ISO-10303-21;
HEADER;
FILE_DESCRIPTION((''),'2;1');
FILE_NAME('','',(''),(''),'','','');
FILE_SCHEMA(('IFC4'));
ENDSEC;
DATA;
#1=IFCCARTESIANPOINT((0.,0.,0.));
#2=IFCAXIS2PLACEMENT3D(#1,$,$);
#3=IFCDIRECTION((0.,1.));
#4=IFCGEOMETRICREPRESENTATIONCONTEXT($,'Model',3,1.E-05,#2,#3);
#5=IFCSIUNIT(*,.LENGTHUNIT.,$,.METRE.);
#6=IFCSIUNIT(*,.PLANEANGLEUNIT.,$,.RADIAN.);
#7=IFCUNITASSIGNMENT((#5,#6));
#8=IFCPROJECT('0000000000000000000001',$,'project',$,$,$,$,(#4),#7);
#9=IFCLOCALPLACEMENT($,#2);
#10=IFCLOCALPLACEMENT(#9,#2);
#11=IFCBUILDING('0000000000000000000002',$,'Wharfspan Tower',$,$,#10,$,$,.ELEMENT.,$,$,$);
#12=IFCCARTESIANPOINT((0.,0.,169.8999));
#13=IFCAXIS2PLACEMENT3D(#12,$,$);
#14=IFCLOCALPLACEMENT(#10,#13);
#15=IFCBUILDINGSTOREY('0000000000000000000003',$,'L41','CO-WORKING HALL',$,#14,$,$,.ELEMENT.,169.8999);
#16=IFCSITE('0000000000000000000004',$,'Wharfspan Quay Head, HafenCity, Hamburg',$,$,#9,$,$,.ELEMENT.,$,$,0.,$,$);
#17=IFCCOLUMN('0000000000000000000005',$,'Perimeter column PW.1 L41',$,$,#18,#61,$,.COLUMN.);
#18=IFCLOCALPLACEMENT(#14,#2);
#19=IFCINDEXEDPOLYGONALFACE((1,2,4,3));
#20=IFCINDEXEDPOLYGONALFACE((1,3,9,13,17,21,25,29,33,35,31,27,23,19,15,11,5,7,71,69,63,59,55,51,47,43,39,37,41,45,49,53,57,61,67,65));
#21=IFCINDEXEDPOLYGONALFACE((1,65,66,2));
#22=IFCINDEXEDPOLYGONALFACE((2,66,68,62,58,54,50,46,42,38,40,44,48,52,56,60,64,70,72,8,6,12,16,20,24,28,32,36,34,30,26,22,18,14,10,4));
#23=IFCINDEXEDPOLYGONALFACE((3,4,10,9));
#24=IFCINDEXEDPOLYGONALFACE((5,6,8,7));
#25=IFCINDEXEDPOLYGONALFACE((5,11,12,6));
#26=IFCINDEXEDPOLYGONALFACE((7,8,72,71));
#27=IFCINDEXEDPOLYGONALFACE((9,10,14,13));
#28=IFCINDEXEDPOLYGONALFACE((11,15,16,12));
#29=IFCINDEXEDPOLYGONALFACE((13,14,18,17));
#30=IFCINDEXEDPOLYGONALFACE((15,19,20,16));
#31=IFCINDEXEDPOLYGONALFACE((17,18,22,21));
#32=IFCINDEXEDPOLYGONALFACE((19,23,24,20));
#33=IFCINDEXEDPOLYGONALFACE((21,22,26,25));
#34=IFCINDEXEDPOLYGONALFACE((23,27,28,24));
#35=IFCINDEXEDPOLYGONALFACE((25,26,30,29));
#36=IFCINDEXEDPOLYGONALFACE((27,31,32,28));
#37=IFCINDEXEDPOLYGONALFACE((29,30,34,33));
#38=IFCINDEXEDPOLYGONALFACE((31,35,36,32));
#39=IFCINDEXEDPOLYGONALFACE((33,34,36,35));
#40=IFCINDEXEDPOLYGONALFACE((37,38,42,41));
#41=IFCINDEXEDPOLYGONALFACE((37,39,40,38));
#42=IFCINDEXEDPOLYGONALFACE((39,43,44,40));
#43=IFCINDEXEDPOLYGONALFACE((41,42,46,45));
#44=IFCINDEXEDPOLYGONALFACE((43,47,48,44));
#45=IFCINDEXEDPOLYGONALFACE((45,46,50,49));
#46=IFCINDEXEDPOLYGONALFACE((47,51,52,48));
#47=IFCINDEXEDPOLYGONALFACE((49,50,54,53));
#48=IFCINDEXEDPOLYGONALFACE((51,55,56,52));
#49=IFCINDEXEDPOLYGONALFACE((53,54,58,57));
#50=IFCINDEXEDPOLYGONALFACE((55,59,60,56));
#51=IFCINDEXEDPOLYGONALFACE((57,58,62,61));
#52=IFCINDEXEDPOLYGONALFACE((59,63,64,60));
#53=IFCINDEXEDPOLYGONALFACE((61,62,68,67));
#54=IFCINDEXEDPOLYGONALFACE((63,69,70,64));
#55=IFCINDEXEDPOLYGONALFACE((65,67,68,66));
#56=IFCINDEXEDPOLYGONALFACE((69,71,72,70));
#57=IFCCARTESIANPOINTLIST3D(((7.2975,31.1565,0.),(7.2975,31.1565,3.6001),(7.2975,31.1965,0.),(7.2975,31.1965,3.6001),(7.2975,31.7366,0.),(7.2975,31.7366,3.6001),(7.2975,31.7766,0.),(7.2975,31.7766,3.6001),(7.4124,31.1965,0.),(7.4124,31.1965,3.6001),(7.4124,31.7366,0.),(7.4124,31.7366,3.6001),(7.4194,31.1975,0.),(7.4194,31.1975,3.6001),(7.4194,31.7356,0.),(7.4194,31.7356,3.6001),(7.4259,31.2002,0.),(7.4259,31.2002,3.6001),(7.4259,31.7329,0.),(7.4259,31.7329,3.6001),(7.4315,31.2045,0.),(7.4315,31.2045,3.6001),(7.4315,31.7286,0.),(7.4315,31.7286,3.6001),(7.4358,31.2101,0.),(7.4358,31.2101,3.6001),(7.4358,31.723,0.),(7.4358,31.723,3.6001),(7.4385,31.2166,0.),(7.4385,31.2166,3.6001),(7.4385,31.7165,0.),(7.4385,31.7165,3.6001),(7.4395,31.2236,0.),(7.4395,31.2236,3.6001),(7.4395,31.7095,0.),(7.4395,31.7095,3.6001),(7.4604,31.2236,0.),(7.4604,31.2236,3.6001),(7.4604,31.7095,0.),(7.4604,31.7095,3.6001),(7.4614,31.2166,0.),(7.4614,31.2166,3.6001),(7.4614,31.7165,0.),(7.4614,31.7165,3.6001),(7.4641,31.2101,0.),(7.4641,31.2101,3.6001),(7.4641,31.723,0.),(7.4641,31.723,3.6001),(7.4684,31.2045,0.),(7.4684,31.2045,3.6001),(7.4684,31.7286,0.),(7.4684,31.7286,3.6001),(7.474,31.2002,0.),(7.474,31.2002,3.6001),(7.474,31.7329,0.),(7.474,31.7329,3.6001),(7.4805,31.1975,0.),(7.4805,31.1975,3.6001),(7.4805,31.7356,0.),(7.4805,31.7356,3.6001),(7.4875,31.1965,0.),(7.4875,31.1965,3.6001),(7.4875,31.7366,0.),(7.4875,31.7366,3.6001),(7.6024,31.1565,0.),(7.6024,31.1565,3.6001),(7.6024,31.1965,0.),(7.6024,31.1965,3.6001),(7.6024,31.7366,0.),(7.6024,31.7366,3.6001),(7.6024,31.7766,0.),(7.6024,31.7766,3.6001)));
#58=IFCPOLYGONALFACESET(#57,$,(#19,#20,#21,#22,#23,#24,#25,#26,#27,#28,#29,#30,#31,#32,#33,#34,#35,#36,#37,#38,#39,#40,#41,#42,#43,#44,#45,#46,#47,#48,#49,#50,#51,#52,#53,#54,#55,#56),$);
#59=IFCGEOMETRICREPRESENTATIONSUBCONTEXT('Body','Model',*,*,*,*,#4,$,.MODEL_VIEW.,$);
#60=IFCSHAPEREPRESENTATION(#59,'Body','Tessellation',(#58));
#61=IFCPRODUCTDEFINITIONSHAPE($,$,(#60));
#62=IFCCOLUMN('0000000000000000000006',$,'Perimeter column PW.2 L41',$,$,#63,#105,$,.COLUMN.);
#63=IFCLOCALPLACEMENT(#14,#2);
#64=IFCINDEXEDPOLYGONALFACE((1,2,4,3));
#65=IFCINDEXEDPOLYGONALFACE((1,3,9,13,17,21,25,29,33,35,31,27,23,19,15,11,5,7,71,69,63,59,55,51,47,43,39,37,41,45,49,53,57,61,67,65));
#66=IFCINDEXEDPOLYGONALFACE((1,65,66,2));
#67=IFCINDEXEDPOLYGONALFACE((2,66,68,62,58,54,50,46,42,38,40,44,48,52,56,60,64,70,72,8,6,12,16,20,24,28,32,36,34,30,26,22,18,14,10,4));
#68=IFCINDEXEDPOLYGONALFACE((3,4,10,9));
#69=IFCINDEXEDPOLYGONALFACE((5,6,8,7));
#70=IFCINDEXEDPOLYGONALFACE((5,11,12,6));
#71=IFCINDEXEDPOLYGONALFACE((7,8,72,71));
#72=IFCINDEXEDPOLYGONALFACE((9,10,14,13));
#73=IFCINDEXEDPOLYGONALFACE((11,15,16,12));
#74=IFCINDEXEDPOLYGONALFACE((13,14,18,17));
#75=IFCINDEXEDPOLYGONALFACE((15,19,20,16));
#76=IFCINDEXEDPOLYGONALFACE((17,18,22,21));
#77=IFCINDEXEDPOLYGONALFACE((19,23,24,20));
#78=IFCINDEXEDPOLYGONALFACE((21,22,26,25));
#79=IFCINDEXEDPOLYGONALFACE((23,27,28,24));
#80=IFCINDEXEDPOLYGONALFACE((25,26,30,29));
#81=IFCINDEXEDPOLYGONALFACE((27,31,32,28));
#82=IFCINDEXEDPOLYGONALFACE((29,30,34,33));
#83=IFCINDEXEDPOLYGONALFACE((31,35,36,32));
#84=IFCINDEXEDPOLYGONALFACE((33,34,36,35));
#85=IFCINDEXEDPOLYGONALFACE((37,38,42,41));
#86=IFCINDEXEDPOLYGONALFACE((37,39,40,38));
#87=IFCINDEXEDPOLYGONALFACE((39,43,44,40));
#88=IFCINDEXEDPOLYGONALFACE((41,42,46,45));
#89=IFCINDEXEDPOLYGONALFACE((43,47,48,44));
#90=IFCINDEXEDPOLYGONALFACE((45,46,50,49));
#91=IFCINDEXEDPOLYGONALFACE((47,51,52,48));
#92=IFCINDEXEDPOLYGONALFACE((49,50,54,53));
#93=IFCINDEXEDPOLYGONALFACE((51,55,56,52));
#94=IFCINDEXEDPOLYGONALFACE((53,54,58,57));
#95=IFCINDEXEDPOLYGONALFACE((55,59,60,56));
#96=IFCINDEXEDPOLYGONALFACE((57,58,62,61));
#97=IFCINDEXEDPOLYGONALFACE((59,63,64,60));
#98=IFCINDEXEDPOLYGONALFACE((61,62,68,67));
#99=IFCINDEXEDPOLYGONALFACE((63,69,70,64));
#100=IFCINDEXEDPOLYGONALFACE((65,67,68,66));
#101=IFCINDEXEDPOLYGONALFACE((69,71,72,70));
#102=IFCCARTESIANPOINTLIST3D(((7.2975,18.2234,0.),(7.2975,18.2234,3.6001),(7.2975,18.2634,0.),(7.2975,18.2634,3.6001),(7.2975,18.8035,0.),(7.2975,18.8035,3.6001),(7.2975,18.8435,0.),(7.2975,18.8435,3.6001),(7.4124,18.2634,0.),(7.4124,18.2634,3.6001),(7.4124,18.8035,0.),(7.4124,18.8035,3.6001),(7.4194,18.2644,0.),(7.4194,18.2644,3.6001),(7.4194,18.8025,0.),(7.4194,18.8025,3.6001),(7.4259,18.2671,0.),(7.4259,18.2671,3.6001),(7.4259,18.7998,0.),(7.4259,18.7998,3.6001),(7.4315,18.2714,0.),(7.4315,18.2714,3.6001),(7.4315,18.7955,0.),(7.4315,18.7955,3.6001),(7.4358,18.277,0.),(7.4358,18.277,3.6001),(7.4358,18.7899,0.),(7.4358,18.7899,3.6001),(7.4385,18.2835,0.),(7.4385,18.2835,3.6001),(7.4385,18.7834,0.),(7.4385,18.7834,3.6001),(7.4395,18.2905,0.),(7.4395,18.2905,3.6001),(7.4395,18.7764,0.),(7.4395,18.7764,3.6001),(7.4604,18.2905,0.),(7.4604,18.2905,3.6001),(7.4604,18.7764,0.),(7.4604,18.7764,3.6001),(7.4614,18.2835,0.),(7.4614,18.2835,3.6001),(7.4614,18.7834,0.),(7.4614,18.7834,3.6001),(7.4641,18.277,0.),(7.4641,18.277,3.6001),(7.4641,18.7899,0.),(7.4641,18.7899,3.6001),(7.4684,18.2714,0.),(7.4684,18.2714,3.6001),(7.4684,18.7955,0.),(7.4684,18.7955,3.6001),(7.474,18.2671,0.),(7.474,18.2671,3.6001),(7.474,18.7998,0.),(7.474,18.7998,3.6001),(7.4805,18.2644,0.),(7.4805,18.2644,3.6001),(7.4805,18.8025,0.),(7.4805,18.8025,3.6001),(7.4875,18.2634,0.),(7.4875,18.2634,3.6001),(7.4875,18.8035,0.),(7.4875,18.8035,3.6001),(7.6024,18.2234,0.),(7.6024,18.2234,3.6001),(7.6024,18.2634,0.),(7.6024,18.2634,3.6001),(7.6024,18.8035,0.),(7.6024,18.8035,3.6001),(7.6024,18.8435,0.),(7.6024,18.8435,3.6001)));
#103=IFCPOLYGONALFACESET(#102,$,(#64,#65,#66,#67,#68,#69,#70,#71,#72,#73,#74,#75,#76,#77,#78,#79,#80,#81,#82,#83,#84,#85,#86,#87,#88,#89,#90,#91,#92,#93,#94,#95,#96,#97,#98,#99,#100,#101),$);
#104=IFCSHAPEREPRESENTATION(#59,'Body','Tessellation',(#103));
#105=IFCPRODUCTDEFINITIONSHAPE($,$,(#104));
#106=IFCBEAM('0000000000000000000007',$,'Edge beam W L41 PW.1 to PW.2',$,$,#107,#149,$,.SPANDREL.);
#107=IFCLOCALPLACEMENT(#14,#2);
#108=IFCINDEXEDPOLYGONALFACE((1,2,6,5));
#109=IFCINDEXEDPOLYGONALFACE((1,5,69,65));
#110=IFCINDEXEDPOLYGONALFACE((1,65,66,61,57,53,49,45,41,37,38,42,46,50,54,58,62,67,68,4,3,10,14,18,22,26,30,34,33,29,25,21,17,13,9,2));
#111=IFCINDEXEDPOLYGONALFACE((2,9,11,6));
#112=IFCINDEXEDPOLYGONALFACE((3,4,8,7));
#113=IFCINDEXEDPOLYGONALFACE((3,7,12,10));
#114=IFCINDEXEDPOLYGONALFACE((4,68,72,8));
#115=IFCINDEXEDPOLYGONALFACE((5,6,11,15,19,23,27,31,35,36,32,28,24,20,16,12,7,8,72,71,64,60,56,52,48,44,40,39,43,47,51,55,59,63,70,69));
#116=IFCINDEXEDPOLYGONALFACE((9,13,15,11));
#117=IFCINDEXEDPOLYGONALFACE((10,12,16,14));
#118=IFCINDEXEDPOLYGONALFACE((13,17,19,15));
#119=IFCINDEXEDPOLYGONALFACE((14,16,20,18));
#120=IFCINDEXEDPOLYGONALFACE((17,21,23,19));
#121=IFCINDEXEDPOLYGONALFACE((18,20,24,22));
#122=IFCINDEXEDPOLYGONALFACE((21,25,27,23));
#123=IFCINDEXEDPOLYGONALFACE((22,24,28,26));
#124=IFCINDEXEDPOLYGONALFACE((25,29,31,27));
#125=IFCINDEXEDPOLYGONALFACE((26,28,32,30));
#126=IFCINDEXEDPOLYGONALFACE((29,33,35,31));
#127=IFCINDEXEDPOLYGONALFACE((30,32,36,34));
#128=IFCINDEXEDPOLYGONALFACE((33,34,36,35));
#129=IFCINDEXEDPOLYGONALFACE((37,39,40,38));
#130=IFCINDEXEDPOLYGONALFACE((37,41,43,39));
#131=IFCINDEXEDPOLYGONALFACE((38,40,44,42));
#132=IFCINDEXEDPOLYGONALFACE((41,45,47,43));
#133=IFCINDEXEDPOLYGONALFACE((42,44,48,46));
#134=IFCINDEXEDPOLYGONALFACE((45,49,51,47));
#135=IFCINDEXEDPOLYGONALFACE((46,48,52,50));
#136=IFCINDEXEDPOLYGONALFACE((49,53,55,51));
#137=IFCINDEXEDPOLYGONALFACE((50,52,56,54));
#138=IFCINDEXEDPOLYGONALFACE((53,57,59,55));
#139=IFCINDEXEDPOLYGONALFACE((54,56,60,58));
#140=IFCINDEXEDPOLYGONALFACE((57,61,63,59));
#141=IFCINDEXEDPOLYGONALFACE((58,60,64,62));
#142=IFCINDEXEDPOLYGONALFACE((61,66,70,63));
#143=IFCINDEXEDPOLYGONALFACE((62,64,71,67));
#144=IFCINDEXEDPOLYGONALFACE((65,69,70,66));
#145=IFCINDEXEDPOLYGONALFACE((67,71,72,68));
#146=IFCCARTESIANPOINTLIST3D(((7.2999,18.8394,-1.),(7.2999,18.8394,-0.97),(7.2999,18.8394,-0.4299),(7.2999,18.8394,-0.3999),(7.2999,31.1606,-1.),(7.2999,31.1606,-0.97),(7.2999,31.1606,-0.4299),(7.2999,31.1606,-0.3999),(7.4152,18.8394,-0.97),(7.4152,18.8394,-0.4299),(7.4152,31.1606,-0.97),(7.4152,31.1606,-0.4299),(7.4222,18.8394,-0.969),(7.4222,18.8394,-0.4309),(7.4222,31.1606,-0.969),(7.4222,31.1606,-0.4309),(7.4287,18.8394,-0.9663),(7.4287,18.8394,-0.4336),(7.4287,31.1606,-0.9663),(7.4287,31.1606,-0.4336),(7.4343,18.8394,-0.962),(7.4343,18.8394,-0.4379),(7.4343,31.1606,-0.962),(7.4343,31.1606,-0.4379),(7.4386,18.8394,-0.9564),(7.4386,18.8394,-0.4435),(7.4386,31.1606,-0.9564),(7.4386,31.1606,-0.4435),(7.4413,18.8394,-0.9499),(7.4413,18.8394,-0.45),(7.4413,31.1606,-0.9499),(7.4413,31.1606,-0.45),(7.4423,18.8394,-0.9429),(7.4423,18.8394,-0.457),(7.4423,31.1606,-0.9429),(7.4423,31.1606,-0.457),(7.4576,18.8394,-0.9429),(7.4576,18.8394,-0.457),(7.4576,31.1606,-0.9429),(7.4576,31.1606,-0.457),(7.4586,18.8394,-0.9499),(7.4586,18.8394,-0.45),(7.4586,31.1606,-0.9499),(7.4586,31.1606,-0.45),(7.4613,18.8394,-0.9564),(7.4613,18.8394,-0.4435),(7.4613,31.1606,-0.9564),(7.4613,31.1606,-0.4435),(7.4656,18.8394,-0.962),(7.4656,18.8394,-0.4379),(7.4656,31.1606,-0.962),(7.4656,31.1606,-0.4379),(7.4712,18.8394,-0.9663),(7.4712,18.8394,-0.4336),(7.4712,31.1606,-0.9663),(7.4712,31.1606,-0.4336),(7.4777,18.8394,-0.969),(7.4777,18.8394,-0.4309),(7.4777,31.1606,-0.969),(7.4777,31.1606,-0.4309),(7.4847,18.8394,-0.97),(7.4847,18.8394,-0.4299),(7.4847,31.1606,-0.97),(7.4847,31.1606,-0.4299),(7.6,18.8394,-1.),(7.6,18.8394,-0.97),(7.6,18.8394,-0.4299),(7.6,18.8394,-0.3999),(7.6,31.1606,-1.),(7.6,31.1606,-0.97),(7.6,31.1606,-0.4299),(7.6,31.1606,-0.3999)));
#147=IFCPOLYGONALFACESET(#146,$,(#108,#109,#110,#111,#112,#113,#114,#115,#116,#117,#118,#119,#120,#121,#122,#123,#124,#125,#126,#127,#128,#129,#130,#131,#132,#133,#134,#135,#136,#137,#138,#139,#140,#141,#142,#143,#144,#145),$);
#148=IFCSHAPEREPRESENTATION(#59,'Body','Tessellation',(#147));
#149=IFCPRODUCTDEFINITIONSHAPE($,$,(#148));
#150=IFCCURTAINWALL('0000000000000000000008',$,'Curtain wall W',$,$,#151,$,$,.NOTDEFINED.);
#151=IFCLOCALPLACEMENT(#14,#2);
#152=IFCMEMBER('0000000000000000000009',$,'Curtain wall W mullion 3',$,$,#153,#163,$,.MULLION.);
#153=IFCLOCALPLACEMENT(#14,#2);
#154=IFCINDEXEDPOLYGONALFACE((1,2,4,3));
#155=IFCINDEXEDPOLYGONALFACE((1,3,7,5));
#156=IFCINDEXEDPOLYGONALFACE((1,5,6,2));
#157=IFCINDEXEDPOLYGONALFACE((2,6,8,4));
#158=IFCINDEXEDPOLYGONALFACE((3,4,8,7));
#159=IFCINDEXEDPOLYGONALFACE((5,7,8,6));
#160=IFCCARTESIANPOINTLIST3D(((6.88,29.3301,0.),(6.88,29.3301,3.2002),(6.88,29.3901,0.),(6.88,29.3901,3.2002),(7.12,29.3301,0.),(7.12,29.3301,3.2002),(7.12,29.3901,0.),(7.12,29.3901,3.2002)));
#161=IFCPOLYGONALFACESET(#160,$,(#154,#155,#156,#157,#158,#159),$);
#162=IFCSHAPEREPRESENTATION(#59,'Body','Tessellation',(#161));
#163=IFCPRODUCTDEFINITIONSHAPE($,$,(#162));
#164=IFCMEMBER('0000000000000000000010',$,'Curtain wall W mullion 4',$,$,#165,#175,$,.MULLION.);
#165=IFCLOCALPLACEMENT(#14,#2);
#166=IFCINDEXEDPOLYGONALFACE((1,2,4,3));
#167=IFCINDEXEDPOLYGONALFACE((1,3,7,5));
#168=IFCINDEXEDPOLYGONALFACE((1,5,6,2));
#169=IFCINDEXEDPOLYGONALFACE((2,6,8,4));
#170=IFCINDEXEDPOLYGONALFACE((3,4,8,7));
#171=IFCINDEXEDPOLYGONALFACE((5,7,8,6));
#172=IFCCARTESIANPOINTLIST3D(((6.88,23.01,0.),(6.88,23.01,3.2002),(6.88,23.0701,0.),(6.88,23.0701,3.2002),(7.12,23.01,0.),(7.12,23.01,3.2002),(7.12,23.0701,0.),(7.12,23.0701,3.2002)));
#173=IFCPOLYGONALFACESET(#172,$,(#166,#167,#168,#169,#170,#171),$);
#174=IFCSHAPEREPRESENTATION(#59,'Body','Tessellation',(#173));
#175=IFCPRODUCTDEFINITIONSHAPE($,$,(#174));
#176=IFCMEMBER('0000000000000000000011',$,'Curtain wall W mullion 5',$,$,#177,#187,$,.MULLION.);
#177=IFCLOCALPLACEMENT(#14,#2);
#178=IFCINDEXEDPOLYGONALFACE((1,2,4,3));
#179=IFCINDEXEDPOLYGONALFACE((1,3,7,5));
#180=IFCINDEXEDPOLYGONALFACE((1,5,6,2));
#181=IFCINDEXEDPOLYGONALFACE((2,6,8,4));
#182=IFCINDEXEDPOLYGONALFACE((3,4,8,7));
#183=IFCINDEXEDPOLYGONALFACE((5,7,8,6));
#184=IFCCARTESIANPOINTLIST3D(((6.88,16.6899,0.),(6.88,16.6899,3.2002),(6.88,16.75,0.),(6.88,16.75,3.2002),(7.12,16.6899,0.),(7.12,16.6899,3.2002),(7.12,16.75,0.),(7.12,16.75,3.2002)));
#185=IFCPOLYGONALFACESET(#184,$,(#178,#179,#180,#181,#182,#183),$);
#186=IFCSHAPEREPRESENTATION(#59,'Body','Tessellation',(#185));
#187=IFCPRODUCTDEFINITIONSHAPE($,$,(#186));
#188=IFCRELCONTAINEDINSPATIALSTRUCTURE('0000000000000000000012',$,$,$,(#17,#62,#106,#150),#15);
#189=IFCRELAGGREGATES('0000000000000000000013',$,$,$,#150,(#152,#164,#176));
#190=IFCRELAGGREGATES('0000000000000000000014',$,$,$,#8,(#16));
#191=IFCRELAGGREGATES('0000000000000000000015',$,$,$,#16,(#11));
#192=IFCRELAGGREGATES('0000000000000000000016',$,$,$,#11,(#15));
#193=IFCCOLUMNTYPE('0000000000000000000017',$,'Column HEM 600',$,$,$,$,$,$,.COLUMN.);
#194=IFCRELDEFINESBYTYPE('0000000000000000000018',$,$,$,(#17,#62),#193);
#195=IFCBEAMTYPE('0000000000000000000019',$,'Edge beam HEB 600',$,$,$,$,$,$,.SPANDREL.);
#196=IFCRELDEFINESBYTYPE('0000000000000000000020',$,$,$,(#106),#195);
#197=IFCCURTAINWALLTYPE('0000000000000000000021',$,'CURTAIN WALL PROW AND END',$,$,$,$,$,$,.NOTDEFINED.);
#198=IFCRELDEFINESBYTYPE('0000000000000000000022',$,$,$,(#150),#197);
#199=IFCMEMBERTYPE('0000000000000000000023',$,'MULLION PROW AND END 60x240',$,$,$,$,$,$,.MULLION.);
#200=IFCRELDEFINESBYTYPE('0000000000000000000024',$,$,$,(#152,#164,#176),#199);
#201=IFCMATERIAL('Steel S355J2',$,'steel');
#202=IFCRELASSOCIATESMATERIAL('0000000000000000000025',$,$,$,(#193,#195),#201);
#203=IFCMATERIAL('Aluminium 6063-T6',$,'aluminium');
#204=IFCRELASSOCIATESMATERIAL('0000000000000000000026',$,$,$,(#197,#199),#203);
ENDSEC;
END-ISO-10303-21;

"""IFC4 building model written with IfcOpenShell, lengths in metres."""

from ifc_helpers import new_model, si_unit, direction, frame, origin, origin_2d, place, context, subcontext, project, spatial, rectangle, i_section, extrude, material, material_profile, profile_set, type_object, element, aggregate, save


model = new_model("IFC4")

# Units and contexts
model_context = context("Model", 3, precision=1e-05, world=origin(), true_north=direction((0.0, 1.0)))
body_context = subcontext(model_context, "Body", "Model", "MODEL_VIEW")
ifc_project = project(units=[si_unit("LENGTHUNIT", "METRE"), si_unit("PLANEANGLEUNIT", "RADIAN")], contexts=[model_context])

# Site, building, storey
site_placement = place(None, origin())
site = spatial("IfcSite", under=ifc_project, at=site_placement, Name="Wharfspan Quay Head, HafenCity, Hamburg", CompositionType="ELEMENT", RefElevation=0.0)
building_placement = place(site_placement, origin())
building = spatial("IfcBuilding", under=site, at=building_placement, Name="Wharfspan Tower", CompositionType="ELEMENT")
storey_placement = place(building_placement, frame((0.0, 0.0, 169.8999)))
storey = spatial("IfcBuildingStorey", under=building, at=storey_placement, Name="L41", Description="CO-WORKING HALL", CompositionType="ELEMENT", Elevation=169.8999)

# Columns
ifc_material_1 = material(Name="Steel S355J2", Category="steel")
ifc_material_profile_1 = material_profile(ifc_material_1, i_section(OverallWidth=0.3049, OverallDepth=0.6201, WebThickness=0.021, FlangeThickness=0.04, FilletRadius=0.0271, at=origin_2d()))
ifc_profile_set_1 = profile_set([ifc_material_profile_1], Name="Steel S355J2")
column_type = type_object("IfcColumnType", Name="Column HEM 600", PredefinedType="COLUMN", material=ifc_profile_set_1)
for number, where, z_axis, x_axis, name in (
    (1, (7.45, 31.4666, 0.0), (0.0, 0.0, 1.0), (-1.0, 0.0, 0.0), "Perimeter column PW.1 L41"),
    (2, (7.45, 18.5334, 0.0), (0.0, 0.0, 1.0), (-1.0, 0.0, 0.0), "Perimeter column PW.2 L41"),
):
    element("IfcColumn", number, at=place(storey_placement, frame(where, z_axis=z_axis, x_axis=x_axis)), inside=storey, type_object=column_type, Name=name, PredefinedType="COLUMN", context=body_context, shape_type="SweptSolid", body=[
        extrude(i_section(OverallWidth=0.3049, OverallDepth=0.6201, WebThickness=0.021, FlangeThickness=0.04, FilletRadius=0.0271, at=origin_2d()), origin(), (0.0, 0.0, 1.0), 3.6001),
    ])

# Beam
ifc_material_profile_2 = material_profile(ifc_material_1, i_section(OverallWidth=0.3, OverallDepth=0.6001, WebThickness=0.0154, FlangeThickness=0.03, FilletRadius=0.0271, at=origin_2d()))
ifc_profile_set_2 = profile_set([ifc_material_profile_2], Name="Steel S355J2")
beam_type = type_object("IfcBeamType", Name="Edge beam HEB 600", PredefinedType="SPANDREL", material=ifc_profile_set_2)
beam_placement = place(storey_placement, frame((7.45, 31.1606, -0.7), z_axis=(0.0, -1.0, 0.0), x_axis=(1.0, 0.0, 0.0)))
element("IfcBeam", 3, at=beam_placement, inside=storey, type_object=beam_type, Name="Edge beam W L41 PW.1 to PW.2", PredefinedType="SPANDREL", context=body_context, shape_type="SweptSolid", body=[
    extrude(i_section(OverallWidth=0.3, OverallDepth=0.6001, WebThickness=0.0154, FlangeThickness=0.03, FilletRadius=0.0271, at=origin_2d()), origin(), (0.0, 0.0, 1.0), 12.3213),
])

# Curtain wall, members
ifc_material_2 = material(Name="Aluminium 6063-T6", Category="aluminium")
curtain_wall_type = type_object("IfcCurtainWallType", Name="CURTAIN WALL PROW AND END", PredefinedType="NOTDEFINED", material=ifc_material_2)
curtain_wall_placement = place(storey_placement, origin())
curtain_wall = element("IfcCurtainWall", 4, at=curtain_wall_placement, inside=storey, type_object=curtain_wall_type, Name="Curtain wall W", PredefinedType="NOTDEFINED")
ifc_material_profile_3 = material_profile(ifc_material_2, rectangle(XDim=0.24, YDim=0.0601, at=origin_2d()))
ifc_profile_set_3 = profile_set([ifc_material_profile_3], Name="Aluminium 6063-T6")
member_type_1 = type_object("IfcMemberType", Name="MULLION PROW AND END 60x240", PredefinedType="MULLION", material=ifc_profile_set_3)
member_1_placement = place(storey_placement, frame((7.0, 29.3601, 0.0), z_axis=(0.0, 0.0, 1.0), x_axis=(1.0, 0.0, 0.0)))
member_1 = element("IfcMember", 5, at=member_1_placement, type_object=member_type_1, Name="Curtain wall W mullion 3", PredefinedType="MULLION", context=body_context, shape_type="SweptSolid", body=[
    extrude(rectangle(XDim=0.24, YDim=0.0601, at=origin_2d()), origin(), (0.0, 0.0, 1.0), 3.2002),
])
member_2_placement = place(storey_placement, frame((7.0, 23.04, 0.0), z_axis=(0.0, 0.0, 1.0), x_axis=(1.0, 0.0, 0.0)))
member_2 = element("IfcMember", 6, at=member_2_placement, type_object=member_type_1, Name="Curtain wall W mullion 4", PredefinedType="MULLION", context=body_context, shape_type="SweptSolid", body=[
    extrude(rectangle(XDim=0.24, YDim=0.0601, at=origin_2d()), origin(), (0.0, 0.0, 1.0), 3.2002),
])
member_3_placement = place(storey_placement, frame((7.0, 16.72, 0.0), z_axis=(0.0, 0.0, 1.0), x_axis=(1.0, 0.0, 0.0)))
member_3 = element("IfcMember", 7, at=member_3_placement, type_object=member_type_1, Name="Curtain wall W mullion 5", PredefinedType="MULLION", context=body_context, shape_type="SweptSolid", body=[
    extrude(rectangle(XDim=0.24, YDim=0.0601, at=origin_2d()), origin(), (0.0, 0.0, 1.0), 3.2002),
])

aggregate(curtain_wall, [member_1, member_2, member_3])

save(model, "model.ifc")
